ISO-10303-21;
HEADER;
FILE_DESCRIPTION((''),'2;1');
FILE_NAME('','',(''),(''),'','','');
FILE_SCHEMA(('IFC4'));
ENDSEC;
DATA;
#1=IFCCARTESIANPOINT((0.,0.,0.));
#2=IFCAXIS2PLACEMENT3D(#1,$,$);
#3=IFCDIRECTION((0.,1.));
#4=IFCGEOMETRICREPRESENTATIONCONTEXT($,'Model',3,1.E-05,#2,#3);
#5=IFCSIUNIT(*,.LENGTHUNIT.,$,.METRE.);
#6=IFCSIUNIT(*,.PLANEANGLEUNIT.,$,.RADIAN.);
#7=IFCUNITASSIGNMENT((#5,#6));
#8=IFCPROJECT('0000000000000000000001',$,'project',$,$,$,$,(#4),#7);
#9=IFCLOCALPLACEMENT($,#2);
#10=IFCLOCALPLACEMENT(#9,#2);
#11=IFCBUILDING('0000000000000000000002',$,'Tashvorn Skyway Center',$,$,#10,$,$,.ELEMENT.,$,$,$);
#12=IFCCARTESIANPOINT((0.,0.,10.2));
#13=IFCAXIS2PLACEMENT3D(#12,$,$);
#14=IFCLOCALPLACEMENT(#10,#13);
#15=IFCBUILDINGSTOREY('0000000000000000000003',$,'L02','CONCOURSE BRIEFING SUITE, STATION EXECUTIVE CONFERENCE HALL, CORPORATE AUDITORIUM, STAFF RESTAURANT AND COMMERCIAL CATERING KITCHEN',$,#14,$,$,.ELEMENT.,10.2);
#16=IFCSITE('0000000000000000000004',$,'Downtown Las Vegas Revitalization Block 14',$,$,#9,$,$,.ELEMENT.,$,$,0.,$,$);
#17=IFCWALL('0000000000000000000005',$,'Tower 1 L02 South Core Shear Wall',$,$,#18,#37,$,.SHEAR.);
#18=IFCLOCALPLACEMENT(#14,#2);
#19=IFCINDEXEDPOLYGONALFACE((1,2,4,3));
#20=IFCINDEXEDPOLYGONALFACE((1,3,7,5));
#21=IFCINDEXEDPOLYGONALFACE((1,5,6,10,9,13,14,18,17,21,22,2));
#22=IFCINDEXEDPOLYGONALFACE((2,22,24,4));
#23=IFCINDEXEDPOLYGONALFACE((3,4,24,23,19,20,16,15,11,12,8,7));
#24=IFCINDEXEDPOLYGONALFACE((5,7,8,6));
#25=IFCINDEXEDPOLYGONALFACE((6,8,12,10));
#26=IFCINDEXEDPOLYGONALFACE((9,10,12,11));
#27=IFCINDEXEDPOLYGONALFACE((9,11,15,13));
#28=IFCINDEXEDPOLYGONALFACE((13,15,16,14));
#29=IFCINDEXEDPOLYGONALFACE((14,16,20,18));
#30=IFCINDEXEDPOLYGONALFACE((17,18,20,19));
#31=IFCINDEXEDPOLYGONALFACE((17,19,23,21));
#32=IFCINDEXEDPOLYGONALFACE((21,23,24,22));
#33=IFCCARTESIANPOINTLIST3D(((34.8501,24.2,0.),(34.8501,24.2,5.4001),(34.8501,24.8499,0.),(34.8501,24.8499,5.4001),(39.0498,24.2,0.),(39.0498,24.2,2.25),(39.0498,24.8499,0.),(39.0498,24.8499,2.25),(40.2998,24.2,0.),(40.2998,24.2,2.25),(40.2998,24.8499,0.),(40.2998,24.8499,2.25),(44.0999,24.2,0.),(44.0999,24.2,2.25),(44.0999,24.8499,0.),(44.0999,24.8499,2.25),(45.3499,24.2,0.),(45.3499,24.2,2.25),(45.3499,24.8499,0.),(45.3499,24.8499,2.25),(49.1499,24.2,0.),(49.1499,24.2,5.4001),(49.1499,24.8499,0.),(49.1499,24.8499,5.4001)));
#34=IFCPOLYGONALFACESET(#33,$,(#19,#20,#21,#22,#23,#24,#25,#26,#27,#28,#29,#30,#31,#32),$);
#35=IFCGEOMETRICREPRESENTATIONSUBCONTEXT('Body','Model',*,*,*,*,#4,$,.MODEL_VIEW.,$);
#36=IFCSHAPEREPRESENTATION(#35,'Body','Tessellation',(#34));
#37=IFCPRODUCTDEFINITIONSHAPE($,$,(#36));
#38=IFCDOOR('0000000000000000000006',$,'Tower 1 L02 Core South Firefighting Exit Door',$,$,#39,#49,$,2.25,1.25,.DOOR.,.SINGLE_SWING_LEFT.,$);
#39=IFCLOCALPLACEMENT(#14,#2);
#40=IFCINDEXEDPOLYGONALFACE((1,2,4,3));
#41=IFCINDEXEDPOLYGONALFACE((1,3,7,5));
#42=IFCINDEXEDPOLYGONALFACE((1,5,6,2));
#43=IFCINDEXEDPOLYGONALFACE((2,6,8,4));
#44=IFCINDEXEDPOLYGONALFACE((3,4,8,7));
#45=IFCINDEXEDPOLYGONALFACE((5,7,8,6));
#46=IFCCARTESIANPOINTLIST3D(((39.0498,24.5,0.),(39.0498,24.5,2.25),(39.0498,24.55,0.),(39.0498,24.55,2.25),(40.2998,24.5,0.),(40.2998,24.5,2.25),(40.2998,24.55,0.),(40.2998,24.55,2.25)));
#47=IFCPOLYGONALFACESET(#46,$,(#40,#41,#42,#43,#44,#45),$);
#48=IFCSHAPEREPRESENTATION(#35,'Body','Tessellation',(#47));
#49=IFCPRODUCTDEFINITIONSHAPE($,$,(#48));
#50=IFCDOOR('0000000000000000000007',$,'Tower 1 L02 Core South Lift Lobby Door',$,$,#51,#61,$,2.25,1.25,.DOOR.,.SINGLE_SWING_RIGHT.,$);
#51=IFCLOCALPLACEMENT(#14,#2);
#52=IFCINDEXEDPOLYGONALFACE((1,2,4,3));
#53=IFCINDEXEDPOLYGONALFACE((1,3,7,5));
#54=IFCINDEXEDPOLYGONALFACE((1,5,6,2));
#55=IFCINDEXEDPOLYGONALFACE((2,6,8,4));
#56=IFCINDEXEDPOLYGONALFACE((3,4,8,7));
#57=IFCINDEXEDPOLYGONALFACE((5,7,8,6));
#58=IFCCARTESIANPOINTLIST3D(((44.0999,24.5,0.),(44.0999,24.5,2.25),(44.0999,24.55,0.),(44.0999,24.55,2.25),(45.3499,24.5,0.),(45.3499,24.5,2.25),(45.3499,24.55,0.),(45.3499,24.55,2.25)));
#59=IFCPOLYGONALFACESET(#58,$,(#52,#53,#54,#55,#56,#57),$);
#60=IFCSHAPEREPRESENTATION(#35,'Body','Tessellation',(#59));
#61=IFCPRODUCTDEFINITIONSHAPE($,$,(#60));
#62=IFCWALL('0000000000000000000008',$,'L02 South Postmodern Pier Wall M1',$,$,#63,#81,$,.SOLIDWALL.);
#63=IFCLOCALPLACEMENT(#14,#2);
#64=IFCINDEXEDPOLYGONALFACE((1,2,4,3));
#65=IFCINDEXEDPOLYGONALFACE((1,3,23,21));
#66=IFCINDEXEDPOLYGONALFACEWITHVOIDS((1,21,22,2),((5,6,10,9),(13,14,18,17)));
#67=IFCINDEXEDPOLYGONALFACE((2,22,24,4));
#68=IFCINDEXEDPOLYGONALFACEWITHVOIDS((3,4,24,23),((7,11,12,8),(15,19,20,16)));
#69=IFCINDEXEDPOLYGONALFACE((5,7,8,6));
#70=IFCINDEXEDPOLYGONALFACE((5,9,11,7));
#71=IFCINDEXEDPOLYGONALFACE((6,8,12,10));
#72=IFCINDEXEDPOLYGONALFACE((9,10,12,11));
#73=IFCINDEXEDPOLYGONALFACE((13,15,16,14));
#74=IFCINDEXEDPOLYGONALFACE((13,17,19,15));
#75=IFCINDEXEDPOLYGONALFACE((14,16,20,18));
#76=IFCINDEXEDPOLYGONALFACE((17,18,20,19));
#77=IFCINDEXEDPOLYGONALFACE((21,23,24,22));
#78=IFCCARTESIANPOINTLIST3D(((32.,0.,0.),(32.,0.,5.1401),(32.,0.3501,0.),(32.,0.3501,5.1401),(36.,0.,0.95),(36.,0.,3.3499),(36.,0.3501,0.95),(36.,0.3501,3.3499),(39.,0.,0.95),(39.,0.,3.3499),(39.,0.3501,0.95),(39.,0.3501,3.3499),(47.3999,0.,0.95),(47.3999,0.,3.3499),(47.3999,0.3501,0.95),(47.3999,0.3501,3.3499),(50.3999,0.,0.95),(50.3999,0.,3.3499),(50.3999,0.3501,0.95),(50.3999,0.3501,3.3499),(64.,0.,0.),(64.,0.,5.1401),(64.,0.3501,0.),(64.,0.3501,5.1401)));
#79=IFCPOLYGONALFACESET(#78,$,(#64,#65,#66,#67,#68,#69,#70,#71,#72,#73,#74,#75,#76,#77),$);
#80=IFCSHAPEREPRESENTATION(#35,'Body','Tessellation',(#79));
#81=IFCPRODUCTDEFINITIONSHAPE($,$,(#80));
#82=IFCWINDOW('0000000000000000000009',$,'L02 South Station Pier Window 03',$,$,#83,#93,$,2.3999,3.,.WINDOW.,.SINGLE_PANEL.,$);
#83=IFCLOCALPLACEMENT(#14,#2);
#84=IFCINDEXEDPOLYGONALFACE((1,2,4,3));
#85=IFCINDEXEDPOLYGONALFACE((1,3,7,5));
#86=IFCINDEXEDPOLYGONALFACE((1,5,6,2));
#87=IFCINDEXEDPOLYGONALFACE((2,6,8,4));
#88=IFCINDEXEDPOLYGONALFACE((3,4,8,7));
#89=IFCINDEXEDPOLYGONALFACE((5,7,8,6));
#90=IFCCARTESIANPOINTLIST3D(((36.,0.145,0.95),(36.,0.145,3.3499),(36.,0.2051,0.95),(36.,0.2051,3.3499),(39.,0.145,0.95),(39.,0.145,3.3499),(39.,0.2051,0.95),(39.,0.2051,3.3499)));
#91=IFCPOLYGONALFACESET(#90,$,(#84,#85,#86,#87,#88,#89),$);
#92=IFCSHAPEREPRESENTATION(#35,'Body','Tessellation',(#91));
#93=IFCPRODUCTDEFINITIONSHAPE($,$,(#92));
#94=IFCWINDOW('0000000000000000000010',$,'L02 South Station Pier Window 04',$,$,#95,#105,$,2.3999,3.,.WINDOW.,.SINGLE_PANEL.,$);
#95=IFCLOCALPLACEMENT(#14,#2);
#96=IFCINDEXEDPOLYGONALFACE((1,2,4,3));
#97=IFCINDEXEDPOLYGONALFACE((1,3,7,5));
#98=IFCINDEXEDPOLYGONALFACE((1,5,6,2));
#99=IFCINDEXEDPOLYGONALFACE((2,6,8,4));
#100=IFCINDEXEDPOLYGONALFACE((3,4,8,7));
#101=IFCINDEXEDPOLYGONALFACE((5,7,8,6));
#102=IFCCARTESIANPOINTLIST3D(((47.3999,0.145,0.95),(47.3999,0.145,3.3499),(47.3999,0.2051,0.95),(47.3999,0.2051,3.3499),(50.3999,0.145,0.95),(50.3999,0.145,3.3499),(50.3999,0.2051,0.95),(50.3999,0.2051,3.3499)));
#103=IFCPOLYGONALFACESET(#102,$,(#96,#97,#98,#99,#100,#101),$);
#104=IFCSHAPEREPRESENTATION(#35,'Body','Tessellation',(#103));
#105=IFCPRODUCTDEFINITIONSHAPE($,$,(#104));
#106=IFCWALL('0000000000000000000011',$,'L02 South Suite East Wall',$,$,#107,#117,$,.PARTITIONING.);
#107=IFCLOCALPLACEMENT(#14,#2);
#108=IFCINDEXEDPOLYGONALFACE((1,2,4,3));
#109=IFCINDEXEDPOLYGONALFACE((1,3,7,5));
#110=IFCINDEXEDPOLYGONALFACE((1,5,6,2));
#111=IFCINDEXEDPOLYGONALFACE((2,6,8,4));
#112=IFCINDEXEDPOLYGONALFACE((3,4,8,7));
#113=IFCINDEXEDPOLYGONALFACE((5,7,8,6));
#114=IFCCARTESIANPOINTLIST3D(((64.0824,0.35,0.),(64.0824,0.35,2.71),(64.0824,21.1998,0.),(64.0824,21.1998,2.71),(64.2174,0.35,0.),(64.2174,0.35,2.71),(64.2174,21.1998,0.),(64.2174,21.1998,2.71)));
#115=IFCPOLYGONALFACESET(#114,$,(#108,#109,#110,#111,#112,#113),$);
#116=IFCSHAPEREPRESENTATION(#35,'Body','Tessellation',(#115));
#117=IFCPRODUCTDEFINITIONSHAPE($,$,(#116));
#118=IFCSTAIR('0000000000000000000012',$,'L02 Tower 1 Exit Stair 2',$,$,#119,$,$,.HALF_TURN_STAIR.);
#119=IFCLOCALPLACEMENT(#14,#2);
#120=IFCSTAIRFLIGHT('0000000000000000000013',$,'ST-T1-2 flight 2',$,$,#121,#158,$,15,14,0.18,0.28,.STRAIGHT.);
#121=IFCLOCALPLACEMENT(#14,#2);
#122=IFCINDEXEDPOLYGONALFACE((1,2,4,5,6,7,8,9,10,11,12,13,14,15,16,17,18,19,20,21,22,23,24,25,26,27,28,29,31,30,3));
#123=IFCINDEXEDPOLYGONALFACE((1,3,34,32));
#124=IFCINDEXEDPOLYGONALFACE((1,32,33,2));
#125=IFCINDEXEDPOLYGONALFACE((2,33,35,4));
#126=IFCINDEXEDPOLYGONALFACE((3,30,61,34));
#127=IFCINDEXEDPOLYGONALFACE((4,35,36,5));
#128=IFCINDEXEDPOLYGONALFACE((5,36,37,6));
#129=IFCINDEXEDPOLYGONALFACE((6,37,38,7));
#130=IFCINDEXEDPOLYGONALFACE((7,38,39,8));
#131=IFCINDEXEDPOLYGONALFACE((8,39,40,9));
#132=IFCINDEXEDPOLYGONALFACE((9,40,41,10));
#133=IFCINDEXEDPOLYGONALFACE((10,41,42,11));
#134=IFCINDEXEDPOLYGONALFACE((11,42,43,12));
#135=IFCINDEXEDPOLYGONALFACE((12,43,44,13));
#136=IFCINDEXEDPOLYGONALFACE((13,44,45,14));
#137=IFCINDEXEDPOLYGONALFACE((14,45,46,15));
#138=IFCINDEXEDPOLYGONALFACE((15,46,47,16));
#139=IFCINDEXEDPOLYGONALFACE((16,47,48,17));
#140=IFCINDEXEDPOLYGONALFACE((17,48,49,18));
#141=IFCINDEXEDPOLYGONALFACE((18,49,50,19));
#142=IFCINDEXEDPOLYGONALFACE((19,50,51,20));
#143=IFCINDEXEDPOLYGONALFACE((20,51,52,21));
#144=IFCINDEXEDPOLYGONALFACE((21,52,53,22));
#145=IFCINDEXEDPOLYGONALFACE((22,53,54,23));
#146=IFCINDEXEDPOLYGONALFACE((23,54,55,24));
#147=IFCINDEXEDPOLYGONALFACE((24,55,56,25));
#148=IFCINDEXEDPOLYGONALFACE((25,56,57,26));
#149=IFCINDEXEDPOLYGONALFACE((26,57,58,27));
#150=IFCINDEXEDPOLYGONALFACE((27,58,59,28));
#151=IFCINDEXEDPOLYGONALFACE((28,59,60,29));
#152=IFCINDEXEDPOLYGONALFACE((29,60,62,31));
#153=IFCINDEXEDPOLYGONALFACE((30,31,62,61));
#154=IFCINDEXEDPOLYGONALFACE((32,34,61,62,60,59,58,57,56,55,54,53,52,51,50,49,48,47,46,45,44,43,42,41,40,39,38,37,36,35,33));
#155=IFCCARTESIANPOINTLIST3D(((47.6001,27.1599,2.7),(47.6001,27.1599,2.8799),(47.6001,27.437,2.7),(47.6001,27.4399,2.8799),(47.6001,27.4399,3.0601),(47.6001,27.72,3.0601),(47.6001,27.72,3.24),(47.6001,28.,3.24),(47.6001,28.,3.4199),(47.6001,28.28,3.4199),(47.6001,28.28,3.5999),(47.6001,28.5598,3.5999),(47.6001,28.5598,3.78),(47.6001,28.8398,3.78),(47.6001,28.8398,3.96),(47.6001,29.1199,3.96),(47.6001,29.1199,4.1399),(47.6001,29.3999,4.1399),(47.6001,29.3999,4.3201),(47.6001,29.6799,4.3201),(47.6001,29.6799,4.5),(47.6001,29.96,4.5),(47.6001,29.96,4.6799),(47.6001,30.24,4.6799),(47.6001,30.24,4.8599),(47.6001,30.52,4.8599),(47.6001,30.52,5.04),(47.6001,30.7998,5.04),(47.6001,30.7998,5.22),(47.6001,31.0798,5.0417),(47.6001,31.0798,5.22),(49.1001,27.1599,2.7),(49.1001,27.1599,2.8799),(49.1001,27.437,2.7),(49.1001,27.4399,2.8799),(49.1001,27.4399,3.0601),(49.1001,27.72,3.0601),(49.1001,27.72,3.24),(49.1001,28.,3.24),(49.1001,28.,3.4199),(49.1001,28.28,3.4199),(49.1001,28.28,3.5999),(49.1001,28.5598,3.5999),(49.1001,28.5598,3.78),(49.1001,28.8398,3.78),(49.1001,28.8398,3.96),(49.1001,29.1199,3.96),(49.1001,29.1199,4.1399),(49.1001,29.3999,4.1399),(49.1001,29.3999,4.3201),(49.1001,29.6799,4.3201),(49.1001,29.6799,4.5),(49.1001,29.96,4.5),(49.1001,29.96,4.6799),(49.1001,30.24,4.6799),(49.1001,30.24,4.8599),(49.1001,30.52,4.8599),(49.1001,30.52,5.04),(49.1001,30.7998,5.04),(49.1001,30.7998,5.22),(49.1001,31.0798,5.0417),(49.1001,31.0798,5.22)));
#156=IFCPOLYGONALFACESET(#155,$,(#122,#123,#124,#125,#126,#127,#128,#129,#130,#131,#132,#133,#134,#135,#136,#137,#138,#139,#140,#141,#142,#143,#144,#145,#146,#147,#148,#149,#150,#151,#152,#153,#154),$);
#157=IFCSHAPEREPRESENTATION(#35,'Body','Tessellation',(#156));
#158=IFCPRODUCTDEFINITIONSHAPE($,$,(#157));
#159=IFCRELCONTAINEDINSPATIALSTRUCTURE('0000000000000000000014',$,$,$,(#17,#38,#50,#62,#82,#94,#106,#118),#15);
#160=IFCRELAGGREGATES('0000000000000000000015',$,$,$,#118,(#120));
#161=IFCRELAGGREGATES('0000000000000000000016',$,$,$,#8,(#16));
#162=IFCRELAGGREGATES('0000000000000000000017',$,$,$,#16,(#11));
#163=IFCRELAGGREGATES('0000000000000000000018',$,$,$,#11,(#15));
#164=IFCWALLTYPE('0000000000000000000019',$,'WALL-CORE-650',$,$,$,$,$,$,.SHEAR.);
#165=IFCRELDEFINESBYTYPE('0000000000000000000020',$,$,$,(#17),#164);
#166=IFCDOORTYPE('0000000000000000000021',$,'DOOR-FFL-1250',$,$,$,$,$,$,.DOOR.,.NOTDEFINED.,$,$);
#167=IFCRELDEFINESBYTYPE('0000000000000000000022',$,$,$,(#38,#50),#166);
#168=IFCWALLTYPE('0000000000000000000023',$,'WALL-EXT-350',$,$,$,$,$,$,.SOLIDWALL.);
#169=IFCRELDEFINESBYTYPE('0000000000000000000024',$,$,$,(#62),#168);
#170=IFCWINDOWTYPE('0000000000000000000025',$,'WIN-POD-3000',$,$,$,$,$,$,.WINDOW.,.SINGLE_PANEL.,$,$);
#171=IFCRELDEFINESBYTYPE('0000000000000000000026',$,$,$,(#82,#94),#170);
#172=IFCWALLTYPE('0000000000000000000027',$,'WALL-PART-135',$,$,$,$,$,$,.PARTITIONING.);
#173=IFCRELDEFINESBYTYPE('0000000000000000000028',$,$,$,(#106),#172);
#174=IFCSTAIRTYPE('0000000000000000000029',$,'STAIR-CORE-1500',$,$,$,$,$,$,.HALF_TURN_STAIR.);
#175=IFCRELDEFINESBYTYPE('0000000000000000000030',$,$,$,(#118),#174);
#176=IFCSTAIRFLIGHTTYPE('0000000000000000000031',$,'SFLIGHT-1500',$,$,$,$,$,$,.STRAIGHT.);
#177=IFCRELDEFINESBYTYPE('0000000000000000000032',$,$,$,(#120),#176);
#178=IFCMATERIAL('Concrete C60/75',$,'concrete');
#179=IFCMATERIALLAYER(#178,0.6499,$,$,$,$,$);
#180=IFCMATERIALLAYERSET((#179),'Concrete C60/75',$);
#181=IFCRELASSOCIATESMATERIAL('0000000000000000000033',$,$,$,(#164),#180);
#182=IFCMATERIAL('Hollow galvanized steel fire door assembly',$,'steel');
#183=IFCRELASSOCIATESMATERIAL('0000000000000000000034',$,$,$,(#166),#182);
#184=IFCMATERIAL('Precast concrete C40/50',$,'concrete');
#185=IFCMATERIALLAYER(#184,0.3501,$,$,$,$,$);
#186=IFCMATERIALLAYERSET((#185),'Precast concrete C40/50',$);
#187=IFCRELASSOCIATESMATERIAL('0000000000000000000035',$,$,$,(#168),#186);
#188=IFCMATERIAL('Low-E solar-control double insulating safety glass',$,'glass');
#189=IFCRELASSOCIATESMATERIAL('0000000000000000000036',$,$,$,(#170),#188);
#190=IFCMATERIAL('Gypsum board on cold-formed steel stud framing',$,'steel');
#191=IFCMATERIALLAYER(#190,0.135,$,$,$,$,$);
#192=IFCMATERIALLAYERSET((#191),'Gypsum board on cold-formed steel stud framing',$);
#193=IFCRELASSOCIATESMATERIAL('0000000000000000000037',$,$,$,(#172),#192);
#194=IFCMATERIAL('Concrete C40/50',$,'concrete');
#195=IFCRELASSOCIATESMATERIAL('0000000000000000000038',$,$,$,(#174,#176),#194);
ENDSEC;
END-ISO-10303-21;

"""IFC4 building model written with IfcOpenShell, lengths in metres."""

from ifc_helpers import new_model, si_unit, direction, frame, frame_2d, origin, place, context, subcontext, project, spatial, polyline, rectangle, outline, extrude, material, layer, layer_set, type_object, element, fill, aggregate, save


model = new_model("IFC4")

# Units and contexts
model_context = context("Model", 3, precision=1e-05, world=origin(), true_north=direction((0.0, 1.0)))
body_context = subcontext(model_context, "Body", "Model", "MODEL_VIEW")
ifc_project = project(units=[si_unit("LENGTHUNIT", "METRE"), si_unit("PLANEANGLEUNIT", "RADIAN")], contexts=[model_context])

# Site, building, storey
site_placement = place(None, origin())
site = spatial("IfcSite", under=ifc_project, at=site_placement, Name="Downtown Las Vegas Revitalization Block 14", CompositionType="ELEMENT", RefElevation=0.0)
building_placement = place(site_placement, origin())
building = spatial("IfcBuilding", under=site, at=building_placement, Name="Tashvorn Skyway Center", CompositionType="ELEMENT")
storey_placement = place(building_placement, frame((0.0, 0.0, 10.2)))
storey = spatial("IfcBuildingStorey", under=building, at=storey_placement, Name="L02", Description="CONCOURSE BRIEFING SUITE, STATION EXECUTIVE CONFERENCE HALL, CORPORATE AUDITORIUM, STAFF RESTAURANT AND COMMERCIAL CATERING KITCHEN", CompositionType="ELEMENT", Elevation=10.2)

# Shared definitions
ifc_material_1 = material(Name="Precast concrete C40/50", Category="concrete")

# Wall, openings, doors
ifc_material_2 = material(Name="Concrete C60/75", Category="concrete")
ifc_layer_1 = layer(ifc_material_2, 0.6499)
ifc_layer_set_1 = layer_set([ifc_layer_1], Name="Concrete C60/75")
wall_type_1 = type_object("IfcWallType", Name="WALL-CORE-650", PredefinedType="SHEAR", material=ifc_layer_set_1)
wall_1_placement = place(storey_placement, frame((49.1499, 24.5249, 0.0), z_axis=(0.0, 0.0, 1.0), x_axis=(-1.0, 0.0, 0.0)))
wall_1 = element("IfcWall", 1, at=wall_1_placement, inside=storey, type_object=wall_type_1, Name="Tower 1 L02 South Core Shear Wall", PredefinedType="SHEAR", context=body_context, shape_type="SweptSolid", body=[
    extrude(rectangle(XDim=14.2998, YDim=0.6499, at=frame_2d((7.1499, 0.0))), origin(), (0.0, 0.0, 1.0), 5.4001),
])
opening_1_placement = place(wall_1_placement, frame((8.8501, 0.0, 0.0)))
opening_1 = element("IfcOpeningElement", 2, at=opening_1_placement, cuts=wall_1, PredefinedType="OPENING", context=body_context, shape_type="SweptSolid", body=[
    extrude(rectangle(XDim=1.25, YDim=2.25, at=frame_2d((0.625, 1.125))), frame((0.0, 0.335, 0.0), z_axis=(0.0, -1.0, 0.0), x_axis=(1.0, 0.0, 0.0)), (0.0, 0.0, 1.0), 0.6699),
])
opening_2_placement = place(wall_1_placement, frame((3.8, 0.0, 0.0)))
opening_2 = element("IfcOpeningElement", 3, at=opening_2_placement, cuts=wall_1, PredefinedType="OPENING", context=body_context, shape_type="SweptSolid", body=[
    extrude(rectangle(XDim=1.25, YDim=2.25, at=frame_2d((0.625, 1.125))), frame((0.0, 0.335, 0.0), z_axis=(0.0, -1.0, 0.0), x_axis=(1.0, 0.0, 0.0)), (0.0, 0.0, 1.0), 0.6699),
])
ifc_material_3 = material(Name="Hollow galvanized steel fire door assembly", Category="steel")
door_type = type_object("IfcDoorType", Name="DOOR-FFL-1250", OperationType="NOTDEFINED", PredefinedType="DOOR", material=ifc_material_3)
door_1_placement = place(opening_1_placement, origin())
door_1 = element("IfcDoor", 4, at=door_1_placement, inside=storey, type_object=door_type, Name="Tower 1 L02 Core South Firefighting Exit Door", OperationType="SINGLE_SWING_LEFT", OverallHeight=2.25, OverallWidth=1.25, PredefinedType="DOOR", context=body_context, shape_type="SweptSolid", body=[
    extrude(rectangle(XDim=1.25, YDim=2.25, at=frame_2d((0.625, 1.125))), frame((0.0, 0.0249, 0.0), z_axis=(0.0, -1.0, 0.0), x_axis=(1.0, 0.0, 0.0)), (0.0, 0.0, 1.0), 0.05),
])
fill(opening_1, door_1)
door_2_placement = place(opening_2_placement, origin())
door_2 = element("IfcDoor", 5, at=door_2_placement, inside=storey, type_object=door_type, Name="Tower 1 L02 Core South Lift Lobby Door", OperationType="SINGLE_SWING_RIGHT", OverallHeight=2.25, OverallWidth=1.25, PredefinedType="DOOR", context=body_context, shape_type="SweptSolid", body=[
    extrude(rectangle(XDim=1.25, YDim=2.25, at=frame_2d((0.625, 1.125))), frame((0.0, 0.0249, 0.0), z_axis=(0.0, -1.0, 0.0), x_axis=(1.0, 0.0, 0.0)), (0.0, 0.0, 1.0), 0.05),
])
fill(opening_2, door_2)

# Wall, openings, windows
ifc_layer_2 = layer(ifc_material_1, 0.3501)
ifc_layer_set_2 = layer_set([ifc_layer_2], Name="Precast concrete C40/50")
wall_type_2 = type_object("IfcWallType", Name="WALL-EXT-350", PredefinedType="SOLIDWALL", material=ifc_layer_set_2)
wall_2_placement = place(storey_placement, frame((64.0, 0.175, 0.0), z_axis=(0.0, 0.0, 1.0), x_axis=(-1.0, 0.0, 0.0)))
wall_2 = element("IfcWall", 6, at=wall_2_placement, inside=storey, type_object=wall_type_2, Name="L02 South Postmodern Pier Wall M1", PredefinedType="SOLIDWALL", context=body_context, shape_type="SweptSolid", body=[
    extrude(rectangle(XDim=32.0, YDim=0.3501, at=frame_2d((16.0, 0.0))), origin(), (0.0, 0.0, 1.0), 5.1401),
])
opening_3_placement = place(wall_2_placement, frame((25.0, 0.0, 0.95)))
opening_3 = element("IfcOpeningElement", 7, at=opening_3_placement, cuts=wall_2, PredefinedType="OPENING", context=body_context, shape_type="SweptSolid", body=[
    extrude(rectangle(XDim=3.0, YDim=2.3999, at=frame_2d((1.5, 1.2))), frame((0.0, 0.1851, 0.0), z_axis=(0.0, -1.0, 0.0), x_axis=(1.0, 0.0, 0.0)), (0.0, 0.0, 1.0), 0.3701),
])
opening_4_placement = place(wall_2_placement, frame((13.6001, 0.0, 0.95)))
opening_4 = element("IfcOpeningElement", 8, at=opening_4_placement, cuts=wall_2, PredefinedType="OPENING", context=body_context, shape_type="SweptSolid", body=[
    extrude(rectangle(XDim=3.0, YDim=2.3999, at=frame_2d((1.5, 1.2))), frame((0.0, 0.1851, 0.0), z_axis=(0.0, -1.0, 0.0), x_axis=(1.0, 0.0, 0.0)), (0.0, 0.0, 1.0), 0.3701),
])
ifc_material_4 = material(Name="Low-E solar-control double insulating safety glass", Category="glass")
window_type = type_object("IfcWindowType", Name="WIN-POD-3000", PartitioningType="SINGLE_PANEL", PredefinedType="WINDOW", material=ifc_material_4)
window_1_placement = place(opening_3_placement, origin())
window_1 = element("IfcWindow", 9, at=window_1_placement, inside=storey, type_object=window_type, Name="L02 South Station Pier Window 03", OverallHeight=2.3999, OverallWidth=3.0, PartitioningType="SINGLE_PANEL", PredefinedType="WINDOW", context=body_context, shape_type="SweptSolid", body=[
    extrude(rectangle(XDim=3.0, YDim=2.3999, at=frame_2d((1.5, 1.2))), frame((0.0, 0.03, 0.0), z_axis=(0.0, -1.0, 0.0), x_axis=(1.0, 0.0, 0.0)), (0.0, 0.0, 1.0), 0.0601),
])
fill(opening_3, window_1)
window_2_placement = place(opening_4_placement, origin())
window_2 = element("IfcWindow", 10, at=window_2_placement, inside=storey, type_object=window_type, Name="L02 South Station Pier Window 04", OverallHeight=2.3999, OverallWidth=3.0, PartitioningType="SINGLE_PANEL", PredefinedType="WINDOW", context=body_context, shape_type="SweptSolid", body=[
    extrude(rectangle(XDim=3.0, YDim=2.3999, at=frame_2d((1.5, 1.2))), frame((0.0, 0.03, 0.0), z_axis=(0.0, -1.0, 0.0), x_axis=(1.0, 0.0, 0.0)), (0.0, 0.0, 1.0), 0.0601),
])
fill(opening_4, window_2)

# Wall
ifc_material_5 = material(Name="Gypsum board on cold-formed steel stud framing", Category="steel")
ifc_layer_3 = layer(ifc_material_5, 0.135)
ifc_layer_set_3 = layer_set([ifc_layer_3], Name="Gypsum board on cold-formed steel stud framing")
wall_type_3 = type_object("IfcWallType", Name="WALL-PART-135", PredefinedType="PARTITIONING", material=ifc_layer_set_3)
wall_3_placement = place(storey_placement, frame((64.1499, 0.3501, 0.0), z_axis=(0.0, 0.0, 1.0), x_axis=(0.0, 1.0, 0.0)))
element("IfcWall", 11, at=wall_3_placement, inside=storey, type_object=wall_type_3, Name="L02 South Suite East Wall", PredefinedType="PARTITIONING", context=body_context, shape_type="SweptSolid", body=[
    extrude(rectangle(XDim=20.8499, YDim=0.135, at=frame_2d((10.4248, 0.0))), origin(), (0.0, 0.0, 1.0), 2.71),
])

# Stair, stair flight
ifc_material_6 = material(Name="Concrete C40/50", Category="concrete")
stair_type = type_object("IfcStairType", Name="STAIR-CORE-1500", PredefinedType="HALF_TURN_STAIR", material=ifc_material_6)
stair_placement = place(storey_placement, origin())
stair = element("IfcStair", 12, at=stair_placement, inside=storey, type_object=stair_type, Name="L02 Tower 1 Exit Stair 2", PredefinedType="HALF_TURN_STAIR")
stair_flight_type = type_object("IfcStairFlightType", Name="SFLIGHT-1500", PredefinedType="STRAIGHT", material=ifc_material_6)
stair_flight_placement = place(storey_placement, frame((48.3501, 27.1599, 2.7), z_axis=(0.0, 0.0, 1.0), x_axis=(0.0, 1.0, 0.0)))
stair_flight = element("IfcStairFlight", 13, at=stair_flight_placement, type_object=stair_flight_type, Name="ST-T1-2 flight 2", NumberOfRisers=15, NumberOfTreads=14, PredefinedType="STRAIGHT", RiserHeight=0.18, TreadLength=0.28, context=body_context, shape_type="SweptSolid", body=[
    extrude(outline(polyline([(0.0, 0.0), (0.0, 0.1799), (0.28, 0.1799), (0.28, 0.3601), (0.5601, 0.3601), (0.5601, 0.54), (0.8401, 0.54), (0.8401, 0.72), (1.1201, 0.72), (1.1201, 0.8999), (1.3999, 0.8999), (1.3999, 1.0801), (1.6799, 1.0801), (1.6799, 1.26), (1.96, 1.26), (1.96, 1.4399), (2.24, 1.4399), (2.24, 1.6201), (2.52, 1.6201), (2.52, 1.8), (2.8, 1.8), (2.8, 1.98), (3.0801, 1.98), (3.0801, 2.1599), (3.3601, 2.1599), (3.3601, 2.3401), (3.6399, 2.3401), (3.6399, 2.52), (3.9199, 2.52), (3.9199, 2.7), (3.9199, 2.3418), (0.2771, 0.0), (0.0, 0.0)])), frame((0.0, 0.75, 0.0), z_axis=(0.0, -1.0, 0.0), x_axis=(1.0, 0.0, 0.0)), (0.0, 0.0, 1.0), 1.5),
])
aggregate(stair, [stair_flight])

save(model, "model.ifc")
